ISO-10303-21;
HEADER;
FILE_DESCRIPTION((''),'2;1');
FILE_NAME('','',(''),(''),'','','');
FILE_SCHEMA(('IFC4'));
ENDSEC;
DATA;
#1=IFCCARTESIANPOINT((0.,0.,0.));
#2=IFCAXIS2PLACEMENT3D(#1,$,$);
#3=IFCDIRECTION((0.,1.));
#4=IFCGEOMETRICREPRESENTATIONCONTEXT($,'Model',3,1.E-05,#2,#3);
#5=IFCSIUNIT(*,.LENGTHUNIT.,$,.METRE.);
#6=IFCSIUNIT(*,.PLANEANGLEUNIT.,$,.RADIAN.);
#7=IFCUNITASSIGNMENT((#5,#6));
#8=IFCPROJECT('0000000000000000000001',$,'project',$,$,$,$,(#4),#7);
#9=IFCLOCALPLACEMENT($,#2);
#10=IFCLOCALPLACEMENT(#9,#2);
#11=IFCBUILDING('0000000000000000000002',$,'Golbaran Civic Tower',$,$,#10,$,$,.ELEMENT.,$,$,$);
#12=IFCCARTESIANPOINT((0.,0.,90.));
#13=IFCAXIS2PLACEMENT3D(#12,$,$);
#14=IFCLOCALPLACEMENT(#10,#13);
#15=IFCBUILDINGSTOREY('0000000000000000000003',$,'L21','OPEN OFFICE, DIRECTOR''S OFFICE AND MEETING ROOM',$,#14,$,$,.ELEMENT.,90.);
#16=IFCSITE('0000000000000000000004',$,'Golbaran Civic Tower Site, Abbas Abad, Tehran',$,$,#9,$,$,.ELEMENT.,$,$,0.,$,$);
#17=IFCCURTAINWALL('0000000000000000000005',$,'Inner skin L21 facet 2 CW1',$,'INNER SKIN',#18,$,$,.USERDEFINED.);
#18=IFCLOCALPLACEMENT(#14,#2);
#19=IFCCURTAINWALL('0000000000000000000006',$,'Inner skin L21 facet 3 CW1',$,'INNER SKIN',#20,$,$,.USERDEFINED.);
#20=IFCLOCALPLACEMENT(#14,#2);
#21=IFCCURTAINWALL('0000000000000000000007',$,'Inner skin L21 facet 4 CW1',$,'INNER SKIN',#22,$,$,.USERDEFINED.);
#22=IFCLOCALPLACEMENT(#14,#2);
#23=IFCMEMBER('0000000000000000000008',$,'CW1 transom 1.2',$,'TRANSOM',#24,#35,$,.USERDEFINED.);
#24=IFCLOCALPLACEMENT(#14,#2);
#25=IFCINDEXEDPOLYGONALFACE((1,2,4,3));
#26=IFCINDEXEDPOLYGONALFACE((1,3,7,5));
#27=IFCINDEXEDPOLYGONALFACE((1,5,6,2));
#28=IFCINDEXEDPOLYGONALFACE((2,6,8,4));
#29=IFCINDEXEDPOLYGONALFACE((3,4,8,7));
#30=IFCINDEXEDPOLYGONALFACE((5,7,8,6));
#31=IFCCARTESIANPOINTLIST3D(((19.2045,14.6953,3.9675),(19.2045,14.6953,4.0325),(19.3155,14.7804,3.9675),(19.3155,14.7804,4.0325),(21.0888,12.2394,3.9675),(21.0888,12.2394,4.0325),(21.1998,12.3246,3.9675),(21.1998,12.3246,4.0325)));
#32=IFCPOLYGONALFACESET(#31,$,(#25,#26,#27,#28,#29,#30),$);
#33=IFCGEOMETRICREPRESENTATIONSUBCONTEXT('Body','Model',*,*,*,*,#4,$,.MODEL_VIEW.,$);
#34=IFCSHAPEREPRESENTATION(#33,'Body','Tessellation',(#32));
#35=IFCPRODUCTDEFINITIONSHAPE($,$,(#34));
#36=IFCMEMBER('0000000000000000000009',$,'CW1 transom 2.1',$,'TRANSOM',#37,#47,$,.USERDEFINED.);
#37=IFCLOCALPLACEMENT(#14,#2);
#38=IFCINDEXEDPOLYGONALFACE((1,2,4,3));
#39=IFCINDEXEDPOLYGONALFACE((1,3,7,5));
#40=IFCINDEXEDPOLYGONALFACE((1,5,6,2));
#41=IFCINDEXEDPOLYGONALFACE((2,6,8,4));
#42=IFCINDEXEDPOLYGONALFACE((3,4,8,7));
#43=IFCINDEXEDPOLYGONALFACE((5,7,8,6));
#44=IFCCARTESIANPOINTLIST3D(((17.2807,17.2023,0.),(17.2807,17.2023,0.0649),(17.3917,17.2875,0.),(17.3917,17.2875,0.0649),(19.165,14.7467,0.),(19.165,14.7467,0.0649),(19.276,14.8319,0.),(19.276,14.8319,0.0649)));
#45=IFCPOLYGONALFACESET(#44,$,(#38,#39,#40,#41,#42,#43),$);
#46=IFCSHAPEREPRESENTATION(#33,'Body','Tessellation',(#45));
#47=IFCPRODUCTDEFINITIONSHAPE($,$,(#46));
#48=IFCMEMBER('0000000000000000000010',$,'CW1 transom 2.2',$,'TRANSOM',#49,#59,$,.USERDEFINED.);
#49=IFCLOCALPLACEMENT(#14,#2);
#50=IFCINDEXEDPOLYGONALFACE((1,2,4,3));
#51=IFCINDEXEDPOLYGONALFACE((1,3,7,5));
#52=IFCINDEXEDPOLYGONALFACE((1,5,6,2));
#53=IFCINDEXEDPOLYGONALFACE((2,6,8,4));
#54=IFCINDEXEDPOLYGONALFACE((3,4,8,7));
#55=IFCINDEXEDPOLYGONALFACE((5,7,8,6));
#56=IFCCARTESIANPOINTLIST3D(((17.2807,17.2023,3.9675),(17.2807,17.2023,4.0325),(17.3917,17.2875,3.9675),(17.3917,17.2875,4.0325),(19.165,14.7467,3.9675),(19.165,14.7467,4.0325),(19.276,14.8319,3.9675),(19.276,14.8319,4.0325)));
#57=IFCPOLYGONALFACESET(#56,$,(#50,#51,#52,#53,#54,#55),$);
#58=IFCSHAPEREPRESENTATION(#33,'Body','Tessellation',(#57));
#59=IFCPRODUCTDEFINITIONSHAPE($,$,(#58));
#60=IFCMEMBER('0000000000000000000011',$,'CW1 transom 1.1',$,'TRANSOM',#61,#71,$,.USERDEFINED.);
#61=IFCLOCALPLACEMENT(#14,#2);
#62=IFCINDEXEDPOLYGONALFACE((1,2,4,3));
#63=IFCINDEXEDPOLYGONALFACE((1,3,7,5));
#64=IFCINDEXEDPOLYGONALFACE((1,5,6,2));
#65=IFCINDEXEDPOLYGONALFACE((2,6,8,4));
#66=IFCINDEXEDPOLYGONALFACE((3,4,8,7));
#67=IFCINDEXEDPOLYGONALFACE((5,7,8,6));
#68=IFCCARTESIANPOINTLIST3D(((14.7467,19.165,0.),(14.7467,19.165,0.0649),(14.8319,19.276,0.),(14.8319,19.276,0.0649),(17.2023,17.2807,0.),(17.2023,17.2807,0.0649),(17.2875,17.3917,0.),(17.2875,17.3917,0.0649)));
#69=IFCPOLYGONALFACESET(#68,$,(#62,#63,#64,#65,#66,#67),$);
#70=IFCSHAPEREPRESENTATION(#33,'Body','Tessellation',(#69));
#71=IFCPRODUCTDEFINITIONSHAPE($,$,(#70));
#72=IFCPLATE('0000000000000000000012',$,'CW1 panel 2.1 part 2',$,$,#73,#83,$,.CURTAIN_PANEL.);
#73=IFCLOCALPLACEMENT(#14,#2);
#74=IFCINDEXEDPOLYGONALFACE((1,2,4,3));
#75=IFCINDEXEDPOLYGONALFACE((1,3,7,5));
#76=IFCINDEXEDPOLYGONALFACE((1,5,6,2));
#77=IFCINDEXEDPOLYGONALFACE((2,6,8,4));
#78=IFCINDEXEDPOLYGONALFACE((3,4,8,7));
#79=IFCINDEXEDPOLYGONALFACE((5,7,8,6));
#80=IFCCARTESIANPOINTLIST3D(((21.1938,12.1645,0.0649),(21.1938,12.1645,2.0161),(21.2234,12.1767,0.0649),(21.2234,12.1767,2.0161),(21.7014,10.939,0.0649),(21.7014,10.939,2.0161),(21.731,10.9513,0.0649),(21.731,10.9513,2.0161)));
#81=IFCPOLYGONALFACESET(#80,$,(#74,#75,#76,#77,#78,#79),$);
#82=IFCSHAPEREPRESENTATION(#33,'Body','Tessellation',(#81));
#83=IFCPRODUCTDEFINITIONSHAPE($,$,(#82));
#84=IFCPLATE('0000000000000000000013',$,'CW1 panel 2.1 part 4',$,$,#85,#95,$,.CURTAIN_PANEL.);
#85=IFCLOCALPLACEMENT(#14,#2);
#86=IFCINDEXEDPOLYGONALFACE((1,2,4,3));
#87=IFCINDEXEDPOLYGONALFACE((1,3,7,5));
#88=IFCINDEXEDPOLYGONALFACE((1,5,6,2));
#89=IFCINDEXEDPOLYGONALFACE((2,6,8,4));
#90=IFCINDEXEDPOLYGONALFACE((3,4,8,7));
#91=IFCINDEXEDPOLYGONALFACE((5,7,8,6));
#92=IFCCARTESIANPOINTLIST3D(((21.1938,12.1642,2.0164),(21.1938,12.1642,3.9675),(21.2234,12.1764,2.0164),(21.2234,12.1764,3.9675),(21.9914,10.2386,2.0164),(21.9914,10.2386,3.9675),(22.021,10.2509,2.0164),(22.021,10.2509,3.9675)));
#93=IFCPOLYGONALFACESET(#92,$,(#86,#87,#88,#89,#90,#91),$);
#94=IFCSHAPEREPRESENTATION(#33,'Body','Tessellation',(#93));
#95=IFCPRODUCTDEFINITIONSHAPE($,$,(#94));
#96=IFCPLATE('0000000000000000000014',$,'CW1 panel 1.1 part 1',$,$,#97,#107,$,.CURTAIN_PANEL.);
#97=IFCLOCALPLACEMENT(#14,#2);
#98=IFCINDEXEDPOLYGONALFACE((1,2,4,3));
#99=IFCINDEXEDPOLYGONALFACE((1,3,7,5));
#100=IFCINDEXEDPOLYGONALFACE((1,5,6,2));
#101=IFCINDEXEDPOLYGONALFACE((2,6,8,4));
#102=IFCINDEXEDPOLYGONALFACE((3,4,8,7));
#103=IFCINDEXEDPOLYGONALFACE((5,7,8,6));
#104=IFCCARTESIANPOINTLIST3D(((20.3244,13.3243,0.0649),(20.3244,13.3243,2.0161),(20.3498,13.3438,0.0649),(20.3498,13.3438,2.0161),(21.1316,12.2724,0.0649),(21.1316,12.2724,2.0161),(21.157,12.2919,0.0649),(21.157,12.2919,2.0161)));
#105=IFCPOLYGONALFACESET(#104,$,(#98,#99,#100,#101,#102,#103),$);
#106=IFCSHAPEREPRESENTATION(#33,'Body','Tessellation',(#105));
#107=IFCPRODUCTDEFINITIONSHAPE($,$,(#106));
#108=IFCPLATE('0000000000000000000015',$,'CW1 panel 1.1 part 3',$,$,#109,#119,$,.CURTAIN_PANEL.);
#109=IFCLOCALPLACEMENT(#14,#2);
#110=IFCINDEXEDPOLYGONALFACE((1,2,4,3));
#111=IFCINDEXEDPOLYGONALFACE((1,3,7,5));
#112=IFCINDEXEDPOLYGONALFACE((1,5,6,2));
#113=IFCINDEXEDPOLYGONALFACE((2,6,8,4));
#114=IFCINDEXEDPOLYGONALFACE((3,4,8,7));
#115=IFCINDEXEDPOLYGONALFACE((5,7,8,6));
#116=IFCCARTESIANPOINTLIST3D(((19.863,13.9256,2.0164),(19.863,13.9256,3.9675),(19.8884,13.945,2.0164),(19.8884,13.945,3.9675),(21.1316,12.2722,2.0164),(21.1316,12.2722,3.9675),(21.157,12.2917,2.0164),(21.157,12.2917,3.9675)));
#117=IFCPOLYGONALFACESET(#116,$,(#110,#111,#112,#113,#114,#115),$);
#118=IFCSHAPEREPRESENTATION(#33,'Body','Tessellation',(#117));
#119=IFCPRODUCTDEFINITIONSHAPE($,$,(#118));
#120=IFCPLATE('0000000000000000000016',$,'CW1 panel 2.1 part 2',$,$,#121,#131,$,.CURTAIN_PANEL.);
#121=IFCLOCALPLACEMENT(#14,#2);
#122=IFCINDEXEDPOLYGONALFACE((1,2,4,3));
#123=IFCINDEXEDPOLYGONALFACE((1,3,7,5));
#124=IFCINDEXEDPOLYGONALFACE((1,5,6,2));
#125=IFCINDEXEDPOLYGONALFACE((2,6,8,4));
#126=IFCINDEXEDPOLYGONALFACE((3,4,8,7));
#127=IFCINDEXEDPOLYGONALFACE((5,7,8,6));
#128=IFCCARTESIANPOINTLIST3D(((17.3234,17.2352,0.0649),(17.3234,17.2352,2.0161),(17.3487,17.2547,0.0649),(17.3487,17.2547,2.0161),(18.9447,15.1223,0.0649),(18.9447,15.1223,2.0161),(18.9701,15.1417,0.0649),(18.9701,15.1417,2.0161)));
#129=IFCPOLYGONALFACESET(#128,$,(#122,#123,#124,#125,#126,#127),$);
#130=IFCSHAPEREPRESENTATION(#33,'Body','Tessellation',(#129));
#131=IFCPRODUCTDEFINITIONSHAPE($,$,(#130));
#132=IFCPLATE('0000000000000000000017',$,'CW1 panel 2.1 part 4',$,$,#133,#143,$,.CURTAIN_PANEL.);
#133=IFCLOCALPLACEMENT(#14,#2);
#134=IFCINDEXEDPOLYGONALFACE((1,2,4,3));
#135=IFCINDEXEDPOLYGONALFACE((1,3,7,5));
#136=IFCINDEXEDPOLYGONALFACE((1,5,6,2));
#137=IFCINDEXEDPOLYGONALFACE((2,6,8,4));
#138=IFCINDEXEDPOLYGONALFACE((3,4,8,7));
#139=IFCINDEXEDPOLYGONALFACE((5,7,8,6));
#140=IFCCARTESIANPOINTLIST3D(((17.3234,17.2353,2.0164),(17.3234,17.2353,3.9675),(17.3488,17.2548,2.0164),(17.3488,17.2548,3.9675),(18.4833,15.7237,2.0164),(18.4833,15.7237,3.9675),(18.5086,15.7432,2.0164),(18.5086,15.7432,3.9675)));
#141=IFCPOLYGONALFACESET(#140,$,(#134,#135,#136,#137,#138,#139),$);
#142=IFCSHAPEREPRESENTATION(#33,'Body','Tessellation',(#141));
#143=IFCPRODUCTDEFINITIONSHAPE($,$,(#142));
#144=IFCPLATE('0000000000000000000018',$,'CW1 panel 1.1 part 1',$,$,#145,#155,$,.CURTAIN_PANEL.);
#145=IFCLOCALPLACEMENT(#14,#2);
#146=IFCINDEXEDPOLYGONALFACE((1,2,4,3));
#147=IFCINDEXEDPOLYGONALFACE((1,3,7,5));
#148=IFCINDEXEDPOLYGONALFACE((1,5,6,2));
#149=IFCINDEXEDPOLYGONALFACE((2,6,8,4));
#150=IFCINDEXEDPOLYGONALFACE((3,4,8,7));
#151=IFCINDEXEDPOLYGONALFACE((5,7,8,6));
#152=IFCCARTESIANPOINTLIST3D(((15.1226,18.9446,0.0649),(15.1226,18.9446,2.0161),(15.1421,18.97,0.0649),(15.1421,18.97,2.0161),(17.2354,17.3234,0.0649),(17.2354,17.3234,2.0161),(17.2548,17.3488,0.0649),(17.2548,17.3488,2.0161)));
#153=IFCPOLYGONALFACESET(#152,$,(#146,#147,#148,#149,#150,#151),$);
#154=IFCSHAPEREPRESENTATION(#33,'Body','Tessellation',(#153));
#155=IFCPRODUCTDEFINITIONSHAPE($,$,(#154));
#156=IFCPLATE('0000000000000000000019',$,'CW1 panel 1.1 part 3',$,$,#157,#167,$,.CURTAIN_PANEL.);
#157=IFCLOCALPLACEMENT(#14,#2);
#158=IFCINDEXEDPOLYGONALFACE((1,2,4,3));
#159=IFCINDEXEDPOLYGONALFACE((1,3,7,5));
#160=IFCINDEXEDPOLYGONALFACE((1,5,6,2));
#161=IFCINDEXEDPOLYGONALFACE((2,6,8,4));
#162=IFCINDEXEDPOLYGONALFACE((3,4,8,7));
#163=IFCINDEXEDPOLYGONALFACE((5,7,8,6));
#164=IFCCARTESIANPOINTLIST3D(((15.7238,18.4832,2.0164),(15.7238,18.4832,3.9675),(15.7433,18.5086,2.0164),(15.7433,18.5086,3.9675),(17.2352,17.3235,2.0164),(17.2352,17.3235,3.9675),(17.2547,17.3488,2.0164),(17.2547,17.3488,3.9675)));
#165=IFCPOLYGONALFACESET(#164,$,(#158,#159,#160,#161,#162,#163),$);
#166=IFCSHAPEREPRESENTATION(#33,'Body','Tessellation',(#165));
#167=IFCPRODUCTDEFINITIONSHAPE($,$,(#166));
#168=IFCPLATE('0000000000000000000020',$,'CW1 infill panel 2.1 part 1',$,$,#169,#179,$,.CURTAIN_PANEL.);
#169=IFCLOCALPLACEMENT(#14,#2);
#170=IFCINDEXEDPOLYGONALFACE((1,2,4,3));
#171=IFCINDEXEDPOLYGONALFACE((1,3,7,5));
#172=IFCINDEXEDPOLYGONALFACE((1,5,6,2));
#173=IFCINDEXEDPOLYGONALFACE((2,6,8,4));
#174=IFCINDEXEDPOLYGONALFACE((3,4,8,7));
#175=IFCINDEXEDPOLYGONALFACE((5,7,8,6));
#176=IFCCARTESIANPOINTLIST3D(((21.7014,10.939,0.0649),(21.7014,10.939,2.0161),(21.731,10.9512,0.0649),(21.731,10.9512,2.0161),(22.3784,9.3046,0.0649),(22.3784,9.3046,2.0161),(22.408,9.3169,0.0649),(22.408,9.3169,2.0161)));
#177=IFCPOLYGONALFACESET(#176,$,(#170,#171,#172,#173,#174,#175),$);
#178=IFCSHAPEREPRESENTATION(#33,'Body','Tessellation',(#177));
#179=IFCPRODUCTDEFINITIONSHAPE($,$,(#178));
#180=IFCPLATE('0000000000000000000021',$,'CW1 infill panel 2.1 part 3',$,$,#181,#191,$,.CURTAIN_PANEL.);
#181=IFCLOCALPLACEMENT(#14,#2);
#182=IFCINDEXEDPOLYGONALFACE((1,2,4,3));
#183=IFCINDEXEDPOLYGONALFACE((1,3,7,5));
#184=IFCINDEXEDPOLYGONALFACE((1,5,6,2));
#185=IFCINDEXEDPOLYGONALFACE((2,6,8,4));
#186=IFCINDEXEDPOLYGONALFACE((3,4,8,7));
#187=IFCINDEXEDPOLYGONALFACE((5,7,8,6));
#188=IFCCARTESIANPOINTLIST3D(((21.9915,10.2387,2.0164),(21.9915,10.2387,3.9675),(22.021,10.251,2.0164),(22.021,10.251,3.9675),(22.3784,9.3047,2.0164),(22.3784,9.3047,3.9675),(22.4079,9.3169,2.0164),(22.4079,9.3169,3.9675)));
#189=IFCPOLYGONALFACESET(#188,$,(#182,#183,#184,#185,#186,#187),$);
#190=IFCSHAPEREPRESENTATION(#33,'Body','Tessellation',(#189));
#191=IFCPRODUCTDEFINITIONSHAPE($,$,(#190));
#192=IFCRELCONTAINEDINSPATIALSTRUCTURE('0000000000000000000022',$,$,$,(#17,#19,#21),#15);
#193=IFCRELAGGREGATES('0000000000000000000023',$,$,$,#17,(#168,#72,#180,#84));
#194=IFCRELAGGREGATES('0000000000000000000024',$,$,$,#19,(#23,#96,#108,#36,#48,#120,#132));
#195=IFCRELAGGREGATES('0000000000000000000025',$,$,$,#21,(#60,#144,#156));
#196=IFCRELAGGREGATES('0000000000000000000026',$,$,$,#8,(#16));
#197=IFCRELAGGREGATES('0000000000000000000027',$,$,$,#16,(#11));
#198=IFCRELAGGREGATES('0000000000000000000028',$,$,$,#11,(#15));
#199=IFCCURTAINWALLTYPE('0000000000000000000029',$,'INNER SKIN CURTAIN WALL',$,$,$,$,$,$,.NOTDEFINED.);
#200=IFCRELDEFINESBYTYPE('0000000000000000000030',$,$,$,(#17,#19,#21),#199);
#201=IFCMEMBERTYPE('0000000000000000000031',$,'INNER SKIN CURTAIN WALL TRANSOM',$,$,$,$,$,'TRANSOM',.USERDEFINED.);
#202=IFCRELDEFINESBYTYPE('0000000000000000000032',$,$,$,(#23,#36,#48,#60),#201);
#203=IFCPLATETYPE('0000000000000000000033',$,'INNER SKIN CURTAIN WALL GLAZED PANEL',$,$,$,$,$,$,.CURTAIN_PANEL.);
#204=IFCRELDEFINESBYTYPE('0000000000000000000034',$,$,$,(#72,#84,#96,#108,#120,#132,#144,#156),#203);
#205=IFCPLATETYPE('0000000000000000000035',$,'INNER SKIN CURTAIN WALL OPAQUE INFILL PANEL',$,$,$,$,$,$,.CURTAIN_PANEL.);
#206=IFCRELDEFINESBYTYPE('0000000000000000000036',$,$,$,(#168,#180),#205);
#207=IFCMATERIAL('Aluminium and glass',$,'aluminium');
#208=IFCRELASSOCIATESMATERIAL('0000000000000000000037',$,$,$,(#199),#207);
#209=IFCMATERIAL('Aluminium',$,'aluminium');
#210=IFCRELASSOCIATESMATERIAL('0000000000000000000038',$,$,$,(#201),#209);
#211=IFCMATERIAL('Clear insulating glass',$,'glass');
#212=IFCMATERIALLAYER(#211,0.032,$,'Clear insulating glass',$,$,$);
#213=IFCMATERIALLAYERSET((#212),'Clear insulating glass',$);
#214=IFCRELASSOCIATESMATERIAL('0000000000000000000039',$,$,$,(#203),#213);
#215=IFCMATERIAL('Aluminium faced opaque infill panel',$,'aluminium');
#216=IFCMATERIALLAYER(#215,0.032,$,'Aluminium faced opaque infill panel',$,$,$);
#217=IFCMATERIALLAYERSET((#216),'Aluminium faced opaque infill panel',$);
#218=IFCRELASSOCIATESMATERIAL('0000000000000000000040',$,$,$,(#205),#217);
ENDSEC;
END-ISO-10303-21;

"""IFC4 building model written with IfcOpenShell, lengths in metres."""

from ifc_helpers import new_model, si_unit, direction, frame, origin, origin_2d, place, context, subcontext, project, spatial, rectangle, extrude, material, layer, layer_set, material_profile, profile_set, type_object, element, aggregate, save


model = new_model("IFC4")

# Units and contexts
model_context = context("Model", 3, precision=1e-05, world=origin(), true_north=direction((0.0, 1.0)))
body_context = subcontext(model_context, "Body", "Model", "MODEL_VIEW")
ifc_project = project(units=[si_unit("LENGTHUNIT", "METRE"), si_unit("PLANEANGLEUNIT", "RADIAN")], contexts=[model_context])

# Site, building, storey
site_placement = place(None, origin())
site = spatial("IfcSite", under=ifc_project, at=site_placement, Name="Golbaran Civic Tower Site, Abbas Abad, Tehran", CompositionType="ELEMENT", RefElevation=0.0)
building_placement = place(site_placement, origin())
building = spatial("IfcBuilding", under=site, at=building_placement, Name="Golbaran Civic Tower", CompositionType="ELEMENT")
storey_placement = place(building_placement, frame((0.0, 0.0, 90.0)))
storey = spatial("IfcBuildingStorey", under=building, at=storey_placement, Name="L21", Description="OPEN OFFICE, DIRECTOR'S OFFICE AND MEETING ROOM", CompositionType="ELEMENT", Elevation=90.0)

# Curtain wall
ifc_material_1 = material(Name="Aluminium and glass", Category="aluminium")
curtain_wall_type = type_object("IfcCurtainWallType", Name="INNER SKIN CURTAIN WALL", PredefinedType="NOTDEFINED", material=ifc_material_1)
curtain_wall_1_placement = place(storey_placement, origin())
curtain_wall_1 = element("IfcCurtainWall", 1, at=curtain_wall_1_placement, inside=storey, type_object=curtain_wall_type, Name="Inner skin L21 facet 2 CW1", ObjectType="INNER SKIN", PredefinedType="USERDEFINED")
ifc_material_2 = material(Name="Aluminium", Category="aluminium")

# Curtain walls
curtain_wall_2_placement = place(storey_placement, origin())
curtain_wall_2 = element("IfcCurtainWall", 2, at=curtain_wall_2_placement, inside=storey, type_object=curtain_wall_type, Name="Inner skin L21 facet 3 CW1", ObjectType="INNER SKIN", PredefinedType="USERDEFINED")
curtain_wall_3_placement = place(storey_placement, origin())
curtain_wall_3 = element("IfcCurtainWall", 3, at=curtain_wall_3_placement, inside=storey, type_object=curtain_wall_type, Name="Inner skin L21 facet 4 CW1", ObjectType="INNER SKIN", PredefinedType="USERDEFINED")

# Members
ifc_material_profile_1 = material_profile(ifc_material_2, rectangle(XDim=0.1399, YDim=0.0649, at=origin_2d()), Name="INNER SKIN CURTAIN WALL TRANSOM")
ifc_profile_set_1 = profile_set([ifc_material_profile_1], Name="Aluminium")
member_type_1 = type_object("IfcMemberType", Name="INNER SKIN CURTAIN WALL TRANSOM", ElementType="TRANSOM", PredefinedType="USERDEFINED", material=ifc_profile_set_1)
member_1_placement = place(storey_placement, frame((21.1443, 12.282, 4.0), z_axis=(-0.608735, 0.793374, 0.0), x_axis=(-0.793374, -0.608735, 0.0)))
member_1 = element("IfcMember", 4, at=member_1_placement, type_object=member_type_1, Name="CW1 transom 1.2", ObjectType="TRANSOM", PredefinedType="USERDEFINED", context=body_context, shape_type="SweptSolid", body=[
    extrude(rectangle(XDim=0.1399, YDim=0.0649, at=origin_2d()), origin(), (0.0, 0.0, 1.0), 3.0955),
])
member_2_placement = place(storey_placement, frame((19.2205, 14.7893, 0.0325), z_axis=(-0.608773, 0.793345, 0.0), x_axis=(-0.793345, -0.608773, 0.0)))
member_2 = element("IfcMember", 5, at=member_2_placement, type_object=member_type_1, Name="CW1 transom 2.1", ObjectType="TRANSOM", PredefinedType="USERDEFINED", context=body_context, shape_type="SweptSolid", body=[
    extrude(rectangle(XDim=0.1399, YDim=0.0649, at=origin_2d()), origin(), (0.0, 0.0, 1.0), 3.0952),
])
member_3_placement = place(storey_placement, frame((19.2205, 14.7893, 4.0), z_axis=(-0.608773, 0.793345, 0.0), x_axis=(-0.793345, -0.608773, 0.0)))
member_3 = element("IfcMember", 6, at=member_3_placement, type_object=member_type_1, Name="CW1 transom 2.2", ObjectType="TRANSOM", PredefinedType="USERDEFINED", context=body_context, shape_type="SweptSolid", body=[
    extrude(rectangle(XDim=0.1399, YDim=0.0649, at=origin_2d()), origin(), (0.0, 0.0, 1.0), 3.0952),
])
member_4_placement = place(storey_placement, frame((17.2449, 17.3362, 0.0325), z_axis=(-0.793345, 0.608773, 0.0), x_axis=(-0.608773, -0.793345, 0.0)))
member_4 = element("IfcMember", 7, at=member_4_placement, type_object=member_type_1, Name="CW1 transom 1.1", ObjectType="TRANSOM", PredefinedType="USERDEFINED", context=body_context, shape_type="SweptSolid", body=[
    extrude(rectangle(XDim=0.1399, YDim=0.0649, at=origin_2d()), origin(), (0.0, 0.0, 1.0), 3.0952),
])

# Plates
ifc_material_3 = material(Name="Clear insulating glass", Category="glass")
ifc_layer_1 = layer(ifc_material_3, 0.032, Name="Clear insulating glass")
ifc_layer_set_1 = layer_set([ifc_layer_1], Name="Clear insulating glass")
plate_type_1 = type_object("IfcPlateType", Name="INNER SKIN CURTAIN WALL GLAZED PANEL", PredefinedType="CURTAIN_PANEL", material=ifc_layer_set_1)
plate_1_placement = place(storey_placement, frame((21.4624, 11.5579, 0.0649), z_axis=(0.0, 0.0, 1.0), x_axis=(-0.382683, 0.92388, 0.0)))
plate_1 = element("IfcPlate", 8, at=plate_1_placement, type_object=plate_type_1, Name="CW1 panel 2.1 part 2", PredefinedType="CURTAIN_PANEL", context=body_context, shape_type="SweptSolid", body=[
    extrude(rectangle(XDim=1.3264, YDim=0.032, at=origin_2d()), origin(), (0.0, 0.0, 1.0), 1.9512),
])
plate_2_placement = place(storey_placement, frame((21.6074, 11.2075, 2.0164), z_axis=(0.0, 0.0, 1.0), x_axis=(-0.382683, 0.92388, 0.0)))
plate_2 = element("IfcPlate", 9, at=plate_2_placement, type_object=plate_type_1, Name="CW1 panel 2.1 part 4", PredefinedType="CURTAIN_PANEL", context=body_context, shape_type="SweptSolid", body=[
    extrude(rectangle(XDim=2.0842, YDim=0.032, at=origin_2d()), origin(), (0.0, 0.0, 1.0), 1.9512),
])
plate_3_placement = place(storey_placement, frame((20.7407, 12.8081, 0.0649), z_axis=(0.0, 0.0, 1.0), x_axis=(-0.608761, 0.793353, 0.0)))
plate_3 = element("IfcPlate", 10, at=plate_3_placement, type_object=plate_type_1, Name="CW1 panel 1.1 part 1", PredefinedType="CURTAIN_PANEL", context=body_context, shape_type="SweptSolid", body=[
    extrude(rectangle(XDim=1.3259, YDim=0.032, at=origin_2d()), origin(), (0.0, 0.0, 1.0), 1.9512),
])
plate_4_placement = place(storey_placement, frame((20.51, 13.1086, 2.0164), z_axis=(0.0, 0.0, 1.0), x_axis=(-0.608761, 0.793353, 0.0)))
plate_4 = element("IfcPlate", 11, at=plate_4_placement, type_object=plate_type_1, Name="CW1 panel 1.1 part 3", PredefinedType="CURTAIN_PANEL", context=body_context, shape_type="SweptSolid", body=[
    extrude(rectangle(XDim=2.084, YDim=0.032, at=origin_2d()), origin(), (0.0, 0.0, 1.0), 1.9512),
])
plate_5_placement = place(storey_placement, frame((18.1467, 16.1885, 0.0649), z_axis=(0.0, 0.0, 1.0), x_axis=(-0.608761, 0.793353, 0.0)))
plate_5 = element("IfcPlate", 12, at=plate_5_placement, type_object=plate_type_1, Name="CW1 panel 2.1 part 2", PredefinedType="CURTAIN_PANEL", context=body_context, shape_type="SweptSolid", body=[
    extrude(rectangle(XDim=2.6633, YDim=0.032, at=origin_2d()), origin(), (0.0, 0.0, 1.0), 1.9512),
])
plate_6_placement = place(storey_placement, frame((17.916, 16.4893, 2.0164), z_axis=(0.0, 0.0, 1.0), x_axis=(-0.608761, 0.793353, 0.0)))
plate_6 = element("IfcPlate", 13, at=plate_6_placement, type_object=plate_type_1, Name="CW1 panel 2.1 part 4", PredefinedType="CURTAIN_PANEL", context=body_context, shape_type="SweptSolid", body=[
    extrude(rectangle(XDim=1.9053, YDim=0.032, at=origin_2d()), origin(), (0.0, 0.0, 1.0), 1.9512),
])
plate_7_placement = place(storey_placement, frame((16.1887, 18.1467, 0.0649), z_axis=(0.0, 0.0, 1.0), x_axis=(-0.793353, 0.608761, 0.0)))
plate_7 = element("IfcPlate", 14, at=plate_7_placement, type_object=plate_type_1, Name="CW1 panel 1.1 part 1", PredefinedType="CURTAIN_PANEL", context=body_context, shape_type="SweptSolid", body=[
    extrude(rectangle(XDim=2.6631, YDim=0.032, at=origin_2d()), origin(), (0.0, 0.0, 1.0), 1.9512),
])
plate_8_placement = place(storey_placement, frame((16.4893, 17.916, 2.0164), z_axis=(0.0, 0.0, 1.0), x_axis=(-0.793353, 0.608761, 0.0)))
plate_8 = element("IfcPlate", 15, at=plate_8_placement, type_object=plate_type_1, Name="CW1 panel 1.1 part 3", PredefinedType="CURTAIN_PANEL", context=body_context, shape_type="SweptSolid", body=[
    extrude(rectangle(XDim=1.905, YDim=0.032, at=origin_2d()), origin(), (0.0, 0.0, 1.0), 1.9512),
])
ifc_material_4 = material(Name="Aluminium faced opaque infill panel", Category="aluminium")
ifc_layer_2 = layer(ifc_material_4, 0.032, Name="Aluminium faced opaque infill panel")
ifc_layer_set_2 = layer_set([ifc_layer_2], Name="Aluminium faced opaque infill panel")
plate_type_2 = type_object("IfcPlateType", Name="INNER SKIN CURTAIN WALL OPAQUE INFILL PANEL", PredefinedType="CURTAIN_PANEL", material=ifc_layer_set_2)
plate_9_placement = place(storey_placement, frame((22.0547, 10.1279, 0.0649), z_axis=(0.0, 0.0, 1.0), x_axis=(-0.382683, 0.92388, 0.0)))
plate_9 = element("IfcPlate", 16, at=plate_9_placement, type_object=plate_type_2, Name="CW1 infill panel 2.1 part 1", PredefinedType="CURTAIN_PANEL", context=body_context, shape_type="SweptSolid", body=[
    extrude(rectangle(XDim=1.769, YDim=0.032, at=origin_2d()), origin(), (0.0, 0.0, 1.0), 1.9512),
])
plate_10_placement = place(storey_placement, frame((22.1997, 9.7778, 2.0164), z_axis=(0.0, 0.0, 1.0), x_axis=(-0.382683, 0.92388, 0.0)))
plate_10 = element("IfcPlate", 17, at=plate_10_placement, type_object=plate_type_2, Name="CW1 infill panel 2.1 part 3", PredefinedType="CURTAIN_PANEL", context=body_context, shape_type="SweptSolid", body=[
    extrude(rectangle(XDim=1.011, YDim=0.032, at=origin_2d()), origin(), (0.0, 0.0, 1.0), 1.9512),
])
aggregate(curtain_wall_1, [plate_9, plate_1, plate_10, plate_2])
aggregate(curtain_wall_2, [member_1, plate_3, plate_4, member_2, member_3, plate_5, plate_6])
aggregate(curtain_wall_3, [member_4, plate_7, plate_8])

save(model, "model.ifc")
